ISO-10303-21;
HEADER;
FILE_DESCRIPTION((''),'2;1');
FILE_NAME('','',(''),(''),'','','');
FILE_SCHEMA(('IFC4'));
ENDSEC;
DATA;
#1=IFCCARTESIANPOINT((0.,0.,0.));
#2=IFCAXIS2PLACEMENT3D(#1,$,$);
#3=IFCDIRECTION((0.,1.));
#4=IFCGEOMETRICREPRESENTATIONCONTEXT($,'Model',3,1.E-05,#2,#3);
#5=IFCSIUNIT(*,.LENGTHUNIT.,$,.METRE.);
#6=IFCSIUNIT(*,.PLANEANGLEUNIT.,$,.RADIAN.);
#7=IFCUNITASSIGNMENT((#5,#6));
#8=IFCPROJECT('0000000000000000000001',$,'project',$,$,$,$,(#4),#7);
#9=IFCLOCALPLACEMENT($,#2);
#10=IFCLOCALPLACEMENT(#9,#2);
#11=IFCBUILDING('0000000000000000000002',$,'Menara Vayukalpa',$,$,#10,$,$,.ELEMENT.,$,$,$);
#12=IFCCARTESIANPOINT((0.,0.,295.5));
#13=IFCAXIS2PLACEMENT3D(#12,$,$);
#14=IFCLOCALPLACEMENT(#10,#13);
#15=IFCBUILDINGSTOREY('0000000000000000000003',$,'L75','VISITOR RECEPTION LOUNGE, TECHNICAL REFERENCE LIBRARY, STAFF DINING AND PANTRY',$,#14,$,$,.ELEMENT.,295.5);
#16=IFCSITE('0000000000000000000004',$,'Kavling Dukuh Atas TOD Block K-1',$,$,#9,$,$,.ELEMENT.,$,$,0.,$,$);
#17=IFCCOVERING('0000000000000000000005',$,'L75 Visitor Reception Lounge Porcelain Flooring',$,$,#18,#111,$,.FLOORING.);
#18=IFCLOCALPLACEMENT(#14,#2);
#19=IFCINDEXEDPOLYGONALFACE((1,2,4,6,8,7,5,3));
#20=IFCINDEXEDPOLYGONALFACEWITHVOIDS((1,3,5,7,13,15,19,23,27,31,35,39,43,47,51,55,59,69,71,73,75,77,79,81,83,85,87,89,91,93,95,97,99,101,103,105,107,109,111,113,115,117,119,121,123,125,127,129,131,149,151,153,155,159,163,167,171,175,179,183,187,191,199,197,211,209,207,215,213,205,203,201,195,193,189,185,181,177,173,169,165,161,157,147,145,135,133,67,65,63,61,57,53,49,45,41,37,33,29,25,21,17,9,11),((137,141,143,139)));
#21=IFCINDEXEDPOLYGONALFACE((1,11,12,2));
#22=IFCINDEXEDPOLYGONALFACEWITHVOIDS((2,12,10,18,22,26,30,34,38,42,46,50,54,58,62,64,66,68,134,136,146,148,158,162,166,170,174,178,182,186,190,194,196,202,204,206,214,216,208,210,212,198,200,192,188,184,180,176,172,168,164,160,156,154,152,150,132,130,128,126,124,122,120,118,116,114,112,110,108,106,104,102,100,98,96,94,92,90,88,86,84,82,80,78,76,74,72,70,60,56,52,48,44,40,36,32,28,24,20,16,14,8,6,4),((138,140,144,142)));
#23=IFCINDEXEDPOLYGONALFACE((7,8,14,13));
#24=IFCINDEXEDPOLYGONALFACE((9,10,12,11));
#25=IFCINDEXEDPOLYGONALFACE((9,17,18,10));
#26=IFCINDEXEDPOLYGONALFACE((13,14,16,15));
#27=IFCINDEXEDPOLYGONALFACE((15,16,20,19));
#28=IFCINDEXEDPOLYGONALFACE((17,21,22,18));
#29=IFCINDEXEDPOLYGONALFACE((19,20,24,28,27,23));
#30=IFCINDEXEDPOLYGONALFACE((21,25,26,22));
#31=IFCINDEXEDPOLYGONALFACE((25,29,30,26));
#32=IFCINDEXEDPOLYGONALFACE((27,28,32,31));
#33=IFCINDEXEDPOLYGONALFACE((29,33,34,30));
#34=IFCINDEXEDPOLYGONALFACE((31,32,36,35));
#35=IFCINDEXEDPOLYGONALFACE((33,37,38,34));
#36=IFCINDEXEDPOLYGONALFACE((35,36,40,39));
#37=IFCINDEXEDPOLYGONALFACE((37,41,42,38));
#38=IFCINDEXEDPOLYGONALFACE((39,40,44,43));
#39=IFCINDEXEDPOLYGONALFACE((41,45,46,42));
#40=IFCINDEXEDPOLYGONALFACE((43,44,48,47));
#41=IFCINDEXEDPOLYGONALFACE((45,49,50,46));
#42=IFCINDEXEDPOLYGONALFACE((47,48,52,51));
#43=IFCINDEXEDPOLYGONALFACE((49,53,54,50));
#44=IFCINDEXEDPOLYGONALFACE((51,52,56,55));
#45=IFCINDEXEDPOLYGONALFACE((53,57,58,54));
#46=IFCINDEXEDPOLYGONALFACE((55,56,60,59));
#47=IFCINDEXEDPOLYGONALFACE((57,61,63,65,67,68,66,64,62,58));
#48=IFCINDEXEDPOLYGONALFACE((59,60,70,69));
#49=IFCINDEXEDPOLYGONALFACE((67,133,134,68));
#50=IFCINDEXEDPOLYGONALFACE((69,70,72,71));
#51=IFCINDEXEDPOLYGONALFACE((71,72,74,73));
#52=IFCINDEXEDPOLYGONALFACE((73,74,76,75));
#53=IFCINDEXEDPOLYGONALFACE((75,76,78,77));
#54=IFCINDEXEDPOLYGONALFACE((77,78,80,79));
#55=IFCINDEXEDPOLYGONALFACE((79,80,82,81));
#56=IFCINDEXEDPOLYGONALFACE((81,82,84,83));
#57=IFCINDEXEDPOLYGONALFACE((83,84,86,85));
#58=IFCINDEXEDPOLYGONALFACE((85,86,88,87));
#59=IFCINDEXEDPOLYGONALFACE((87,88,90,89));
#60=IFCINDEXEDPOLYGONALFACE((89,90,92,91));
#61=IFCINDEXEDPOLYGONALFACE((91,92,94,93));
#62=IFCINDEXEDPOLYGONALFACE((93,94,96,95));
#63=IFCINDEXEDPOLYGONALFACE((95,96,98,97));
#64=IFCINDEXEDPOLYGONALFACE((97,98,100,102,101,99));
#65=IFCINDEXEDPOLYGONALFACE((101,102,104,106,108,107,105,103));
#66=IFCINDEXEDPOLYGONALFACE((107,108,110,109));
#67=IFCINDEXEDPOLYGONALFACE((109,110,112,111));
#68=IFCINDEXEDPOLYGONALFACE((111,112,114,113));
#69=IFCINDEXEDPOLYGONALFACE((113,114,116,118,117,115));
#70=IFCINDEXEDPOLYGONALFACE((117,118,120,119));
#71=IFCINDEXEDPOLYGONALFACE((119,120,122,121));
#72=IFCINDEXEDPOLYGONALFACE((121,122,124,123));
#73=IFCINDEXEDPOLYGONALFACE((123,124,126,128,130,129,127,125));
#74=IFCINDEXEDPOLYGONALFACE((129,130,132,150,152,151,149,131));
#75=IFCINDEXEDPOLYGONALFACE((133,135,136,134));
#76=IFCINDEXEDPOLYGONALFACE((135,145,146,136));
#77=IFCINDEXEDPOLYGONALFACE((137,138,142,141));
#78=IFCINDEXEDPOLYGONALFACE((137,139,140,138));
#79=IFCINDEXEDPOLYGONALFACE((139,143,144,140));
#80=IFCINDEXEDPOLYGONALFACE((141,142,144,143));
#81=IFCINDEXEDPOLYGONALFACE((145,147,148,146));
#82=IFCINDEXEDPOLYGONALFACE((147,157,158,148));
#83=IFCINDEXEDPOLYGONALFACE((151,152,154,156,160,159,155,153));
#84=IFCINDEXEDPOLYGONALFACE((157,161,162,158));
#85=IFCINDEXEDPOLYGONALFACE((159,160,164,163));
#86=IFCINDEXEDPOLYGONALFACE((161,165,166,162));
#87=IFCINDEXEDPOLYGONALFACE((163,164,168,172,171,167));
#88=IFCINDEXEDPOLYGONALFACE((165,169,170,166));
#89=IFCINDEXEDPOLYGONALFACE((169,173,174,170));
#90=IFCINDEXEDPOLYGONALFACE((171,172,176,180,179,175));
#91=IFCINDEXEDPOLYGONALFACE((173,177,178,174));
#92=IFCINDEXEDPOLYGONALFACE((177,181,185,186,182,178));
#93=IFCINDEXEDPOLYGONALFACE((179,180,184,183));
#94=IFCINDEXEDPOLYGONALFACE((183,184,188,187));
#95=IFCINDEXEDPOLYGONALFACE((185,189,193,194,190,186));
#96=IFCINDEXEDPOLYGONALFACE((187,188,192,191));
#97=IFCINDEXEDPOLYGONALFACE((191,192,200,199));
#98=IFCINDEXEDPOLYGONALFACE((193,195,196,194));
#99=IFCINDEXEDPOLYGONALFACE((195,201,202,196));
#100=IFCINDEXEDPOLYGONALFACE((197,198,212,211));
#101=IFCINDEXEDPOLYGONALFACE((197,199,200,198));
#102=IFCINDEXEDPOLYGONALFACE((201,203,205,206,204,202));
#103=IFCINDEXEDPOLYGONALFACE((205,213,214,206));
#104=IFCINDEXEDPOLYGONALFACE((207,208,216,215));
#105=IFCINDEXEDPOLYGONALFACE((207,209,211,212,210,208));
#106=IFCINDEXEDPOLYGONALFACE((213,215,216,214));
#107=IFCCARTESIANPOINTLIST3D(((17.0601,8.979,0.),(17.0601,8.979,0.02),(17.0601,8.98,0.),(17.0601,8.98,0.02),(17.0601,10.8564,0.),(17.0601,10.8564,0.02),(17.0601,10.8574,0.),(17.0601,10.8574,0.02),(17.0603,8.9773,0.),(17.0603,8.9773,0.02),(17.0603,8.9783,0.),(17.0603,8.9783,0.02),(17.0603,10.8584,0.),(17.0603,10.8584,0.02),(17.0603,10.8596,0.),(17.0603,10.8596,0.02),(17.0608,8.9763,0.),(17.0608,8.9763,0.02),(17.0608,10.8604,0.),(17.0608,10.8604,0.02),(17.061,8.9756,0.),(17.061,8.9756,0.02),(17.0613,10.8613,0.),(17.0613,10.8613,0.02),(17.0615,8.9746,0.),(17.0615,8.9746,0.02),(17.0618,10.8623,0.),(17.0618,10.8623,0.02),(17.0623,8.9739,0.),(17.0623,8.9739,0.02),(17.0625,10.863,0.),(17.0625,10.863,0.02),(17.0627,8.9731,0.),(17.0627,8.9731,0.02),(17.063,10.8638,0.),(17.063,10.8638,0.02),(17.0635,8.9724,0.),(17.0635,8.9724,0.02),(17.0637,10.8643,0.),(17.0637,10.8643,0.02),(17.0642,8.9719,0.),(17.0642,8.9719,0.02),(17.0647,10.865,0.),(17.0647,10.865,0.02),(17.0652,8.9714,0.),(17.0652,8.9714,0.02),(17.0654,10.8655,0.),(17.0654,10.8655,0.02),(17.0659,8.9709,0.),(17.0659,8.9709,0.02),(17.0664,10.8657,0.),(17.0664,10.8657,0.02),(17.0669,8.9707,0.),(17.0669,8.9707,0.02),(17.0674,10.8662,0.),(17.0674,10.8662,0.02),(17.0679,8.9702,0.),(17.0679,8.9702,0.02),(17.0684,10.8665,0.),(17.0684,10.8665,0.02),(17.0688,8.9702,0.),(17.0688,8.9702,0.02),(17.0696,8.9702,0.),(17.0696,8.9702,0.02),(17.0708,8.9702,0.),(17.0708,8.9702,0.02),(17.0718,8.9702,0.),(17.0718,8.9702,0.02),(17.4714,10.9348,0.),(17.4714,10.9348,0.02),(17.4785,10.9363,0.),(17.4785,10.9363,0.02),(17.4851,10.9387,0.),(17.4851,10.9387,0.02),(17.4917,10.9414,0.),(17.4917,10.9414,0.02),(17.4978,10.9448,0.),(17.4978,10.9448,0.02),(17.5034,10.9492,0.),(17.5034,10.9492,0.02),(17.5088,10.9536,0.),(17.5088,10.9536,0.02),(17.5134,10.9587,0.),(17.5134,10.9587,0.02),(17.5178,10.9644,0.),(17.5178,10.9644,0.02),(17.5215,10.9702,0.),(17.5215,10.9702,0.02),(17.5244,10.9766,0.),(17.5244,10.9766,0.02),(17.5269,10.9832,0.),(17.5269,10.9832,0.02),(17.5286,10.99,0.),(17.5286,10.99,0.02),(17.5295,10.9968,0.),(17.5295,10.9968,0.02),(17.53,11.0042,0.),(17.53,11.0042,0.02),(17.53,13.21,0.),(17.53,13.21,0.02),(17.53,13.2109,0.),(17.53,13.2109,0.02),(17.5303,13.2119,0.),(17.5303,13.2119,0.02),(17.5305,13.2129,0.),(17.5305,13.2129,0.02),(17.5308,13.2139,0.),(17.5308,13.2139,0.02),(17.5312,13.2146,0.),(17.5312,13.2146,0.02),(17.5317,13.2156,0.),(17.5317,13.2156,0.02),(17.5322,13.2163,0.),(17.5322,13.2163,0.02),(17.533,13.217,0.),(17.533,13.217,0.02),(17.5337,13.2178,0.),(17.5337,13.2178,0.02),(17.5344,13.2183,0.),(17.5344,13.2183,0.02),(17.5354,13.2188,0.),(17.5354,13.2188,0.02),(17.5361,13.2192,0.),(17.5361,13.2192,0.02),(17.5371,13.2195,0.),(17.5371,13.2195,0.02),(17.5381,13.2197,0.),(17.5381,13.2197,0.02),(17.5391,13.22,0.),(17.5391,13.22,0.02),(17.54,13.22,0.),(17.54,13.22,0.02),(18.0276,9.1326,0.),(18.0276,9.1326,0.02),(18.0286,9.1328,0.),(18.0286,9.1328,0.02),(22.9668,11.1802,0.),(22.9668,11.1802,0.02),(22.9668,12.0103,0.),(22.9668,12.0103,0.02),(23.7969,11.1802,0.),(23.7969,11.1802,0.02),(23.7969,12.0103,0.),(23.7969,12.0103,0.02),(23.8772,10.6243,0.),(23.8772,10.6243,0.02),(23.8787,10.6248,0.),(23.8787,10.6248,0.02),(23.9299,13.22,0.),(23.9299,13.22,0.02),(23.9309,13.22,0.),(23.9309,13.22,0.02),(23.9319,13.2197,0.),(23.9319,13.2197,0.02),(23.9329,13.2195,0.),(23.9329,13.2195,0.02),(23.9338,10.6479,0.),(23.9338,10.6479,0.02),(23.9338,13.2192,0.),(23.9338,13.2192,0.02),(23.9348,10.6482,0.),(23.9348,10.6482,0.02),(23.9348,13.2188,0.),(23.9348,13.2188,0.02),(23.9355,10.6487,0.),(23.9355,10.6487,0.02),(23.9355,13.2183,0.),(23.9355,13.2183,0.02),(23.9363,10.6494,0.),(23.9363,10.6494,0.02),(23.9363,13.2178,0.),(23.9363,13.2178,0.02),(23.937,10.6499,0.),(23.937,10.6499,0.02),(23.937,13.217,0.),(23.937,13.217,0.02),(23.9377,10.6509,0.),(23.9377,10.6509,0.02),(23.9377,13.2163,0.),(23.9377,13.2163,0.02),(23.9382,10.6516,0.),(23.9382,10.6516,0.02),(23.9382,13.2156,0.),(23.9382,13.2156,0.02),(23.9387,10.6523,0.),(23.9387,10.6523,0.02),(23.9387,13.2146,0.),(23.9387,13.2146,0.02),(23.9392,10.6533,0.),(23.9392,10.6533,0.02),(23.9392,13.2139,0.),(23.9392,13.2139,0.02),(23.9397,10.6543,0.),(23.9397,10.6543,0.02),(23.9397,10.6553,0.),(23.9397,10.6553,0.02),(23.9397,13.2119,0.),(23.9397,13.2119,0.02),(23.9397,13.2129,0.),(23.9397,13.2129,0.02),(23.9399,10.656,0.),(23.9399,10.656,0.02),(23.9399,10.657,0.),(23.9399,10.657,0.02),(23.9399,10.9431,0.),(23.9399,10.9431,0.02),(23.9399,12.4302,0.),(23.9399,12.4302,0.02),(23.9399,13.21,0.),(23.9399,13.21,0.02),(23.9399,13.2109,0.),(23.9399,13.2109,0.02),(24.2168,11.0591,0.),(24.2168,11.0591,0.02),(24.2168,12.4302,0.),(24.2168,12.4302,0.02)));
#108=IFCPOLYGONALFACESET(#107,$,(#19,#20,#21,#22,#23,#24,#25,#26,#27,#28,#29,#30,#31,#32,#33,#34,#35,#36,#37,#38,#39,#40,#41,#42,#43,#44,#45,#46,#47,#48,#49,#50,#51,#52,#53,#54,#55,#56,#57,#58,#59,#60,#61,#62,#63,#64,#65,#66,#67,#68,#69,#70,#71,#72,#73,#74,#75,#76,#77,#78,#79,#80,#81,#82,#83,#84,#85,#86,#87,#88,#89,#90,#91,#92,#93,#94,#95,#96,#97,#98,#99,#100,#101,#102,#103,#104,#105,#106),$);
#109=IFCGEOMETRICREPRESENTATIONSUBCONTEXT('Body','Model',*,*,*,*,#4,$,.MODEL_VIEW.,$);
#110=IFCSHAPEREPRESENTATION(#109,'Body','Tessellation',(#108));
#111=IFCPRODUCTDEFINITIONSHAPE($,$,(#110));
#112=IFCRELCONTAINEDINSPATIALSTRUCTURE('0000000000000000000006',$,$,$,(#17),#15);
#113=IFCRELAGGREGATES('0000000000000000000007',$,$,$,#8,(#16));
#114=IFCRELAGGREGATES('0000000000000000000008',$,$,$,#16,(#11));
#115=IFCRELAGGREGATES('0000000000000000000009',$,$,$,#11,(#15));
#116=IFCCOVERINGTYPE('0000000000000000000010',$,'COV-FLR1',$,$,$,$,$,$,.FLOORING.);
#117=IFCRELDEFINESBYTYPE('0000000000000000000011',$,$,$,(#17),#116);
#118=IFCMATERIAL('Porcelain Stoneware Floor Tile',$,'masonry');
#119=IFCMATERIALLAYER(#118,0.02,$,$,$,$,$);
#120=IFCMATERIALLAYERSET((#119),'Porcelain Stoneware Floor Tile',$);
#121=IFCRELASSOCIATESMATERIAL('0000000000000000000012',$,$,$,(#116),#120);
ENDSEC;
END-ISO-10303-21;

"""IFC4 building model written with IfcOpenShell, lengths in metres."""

from ifc_helpers import new_model, si_unit, direction, frame, origin, place, context, subcontext, project, spatial, polyline, outline, extrude, material, layer, layer_set, type_object, element, save


model = new_model("IFC4")

# Units and contexts
model_context = context("Model", 3, precision=1e-05, world=origin(), true_north=direction((0.0, 1.0)))
body_context = subcontext(model_context, "Body", "Model", "MODEL_VIEW")
ifc_project = project(units=[si_unit("LENGTHUNIT", "METRE"), si_unit("PLANEANGLEUNIT", "RADIAN")], contexts=[model_context])

# Site, building, storey
site_placement = place(None, origin())
site = spatial("IfcSite", under=ifc_project, at=site_placement, Name="Kavling Dukuh Atas TOD Block K-1", CompositionType="ELEMENT", RefElevation=0.0)
building_placement = place(site_placement, origin())
building = spatial("IfcBuilding", under=site, at=building_placement, Name="Menara Vayukalpa", CompositionType="ELEMENT")
storey_placement = place(building_placement, frame((0.0, 0.0, 295.5)))
storey = spatial("IfcBuildingStorey", under=building, at=storey_placement, Name="L75", Description="VISITOR RECEPTION LOUNGE, TECHNICAL REFERENCE LIBRARY, STAFF DINING AND PANTRY", CompositionType="ELEMENT", Elevation=295.5)

# Covering
ifc_material_1 = material(Name="Porcelain Stoneware Floor Tile", Category="masonry")
ifc_layer_1 = layer(ifc_material_1, 0.02)
ifc_layer_set_1 = layer_set([ifc_layer_1], Name="Porcelain Stoneware Floor Tile")
covering_type_1 = type_object("IfcCoveringType", Name="COV-FLR1", PredefinedType="FLOORING", material=ifc_layer_set_1)
covering_1_placement = place(storey_placement, origin())
element("IfcCovering", 1, at=covering_1_placement, inside=storey, type_object=covering_type_1, Name="L75 Visitor Reception Lounge Porcelain Flooring", PredefinedType="FLOORING", context=body_context, shape_type="SweptSolid", body=[
    extrude(outline(polyline([(18.0286, 9.1328), (18.0276, 9.1326), (17.0718, 8.9702), (17.0708, 8.9702), (17.0696, 8.9702), (17.0688, 8.9702), (17.0679, 8.9702), (17.0669, 8.9707), (17.0659, 8.9709), (17.0652, 8.9714), (17.0642, 8.9719), (17.0635, 8.9724), (17.0627, 8.9731), (17.0623, 8.9739), (17.0615, 8.9746), (17.061, 8.9756), (17.0608, 8.9763), (17.0603, 8.9773), (17.0603, 8.9783), (17.0601, 8.979), (17.0601, 8.98), (17.0601, 10.8564), (17.0601, 10.8574), (17.0603, 10.8584), (17.0603, 10.8596), (17.0608, 10.8604), (17.0613, 10.8613), (17.0618, 10.8623), (17.0625, 10.863), (17.063, 10.8638), (17.0637, 10.8643), (17.0647, 10.865), (17.0654, 10.8655), (17.0664, 10.8657), (17.0674, 10.8662), (17.0684, 10.8665), (17.4714, 10.9348), (17.4785, 10.9363), (17.4851, 10.9387), (17.4917, 10.9414), (17.4978, 10.9448), (17.5034, 10.9492), (17.5088, 10.9536), (17.5134, 10.9587), (17.5178, 10.9644), (17.5215, 10.9702), (17.5244, 10.9766), (17.5269, 10.9832), (17.5286, 10.99), (17.5295, 10.9968), (17.53, 11.0042), (17.53, 13.21), (17.53, 13.2109), (17.5303, 13.2119), (17.5305, 13.2129), (17.5308, 13.2139), (17.5312, 13.2146), (17.5317, 13.2156), (17.5322, 13.2163), (17.533, 13.217), (17.5337, 13.2178), (17.5344, 13.2183), (17.5354, 13.2188), (17.5361, 13.2192), (17.5371, 13.2195), (17.5381, 13.2197), (17.5391, 13.22), (17.54, 13.22), (23.9299, 13.22), (23.9309, 13.22), (23.9319, 13.2197), (23.9329, 13.2195), (23.9338, 13.2192), (23.9348, 13.2188), (23.9355, 13.2183), (23.9363, 13.2178), (23.937, 13.217), (23.9377, 13.2163), (23.9382, 13.2156), (23.9387, 13.2146), (23.9392, 13.2139), (23.9397, 13.2129), (23.9397, 13.2119), (23.9399, 13.2109), (23.9399, 13.21), (23.9399, 12.4302), (24.2168, 12.4302), (24.2168, 11.0591), (23.9399, 10.9431), (23.9399, 10.657), (23.9399, 10.656), (23.9397, 10.6553), (23.9397, 10.6543), (23.9392, 10.6533), (23.9387, 10.6523), (23.9382, 10.6516), (23.9377, 10.6509), (23.937, 10.6499), (23.9363, 10.6494), (23.9355, 10.6487), (23.9348, 10.6482), (23.9338, 10.6479), (23.8787, 10.6248), (23.8772, 10.6243), (18.0286, 9.1328)]), holes=[polyline([(23.7969, 12.0103), (22.9668, 12.0103), (22.9668, 11.1802), (23.7969, 11.1802), (23.7969, 12.0103)])]), origin(), (0.0, 0.0, 1.0), 0.02),
])

save(model, "model.ifc")
